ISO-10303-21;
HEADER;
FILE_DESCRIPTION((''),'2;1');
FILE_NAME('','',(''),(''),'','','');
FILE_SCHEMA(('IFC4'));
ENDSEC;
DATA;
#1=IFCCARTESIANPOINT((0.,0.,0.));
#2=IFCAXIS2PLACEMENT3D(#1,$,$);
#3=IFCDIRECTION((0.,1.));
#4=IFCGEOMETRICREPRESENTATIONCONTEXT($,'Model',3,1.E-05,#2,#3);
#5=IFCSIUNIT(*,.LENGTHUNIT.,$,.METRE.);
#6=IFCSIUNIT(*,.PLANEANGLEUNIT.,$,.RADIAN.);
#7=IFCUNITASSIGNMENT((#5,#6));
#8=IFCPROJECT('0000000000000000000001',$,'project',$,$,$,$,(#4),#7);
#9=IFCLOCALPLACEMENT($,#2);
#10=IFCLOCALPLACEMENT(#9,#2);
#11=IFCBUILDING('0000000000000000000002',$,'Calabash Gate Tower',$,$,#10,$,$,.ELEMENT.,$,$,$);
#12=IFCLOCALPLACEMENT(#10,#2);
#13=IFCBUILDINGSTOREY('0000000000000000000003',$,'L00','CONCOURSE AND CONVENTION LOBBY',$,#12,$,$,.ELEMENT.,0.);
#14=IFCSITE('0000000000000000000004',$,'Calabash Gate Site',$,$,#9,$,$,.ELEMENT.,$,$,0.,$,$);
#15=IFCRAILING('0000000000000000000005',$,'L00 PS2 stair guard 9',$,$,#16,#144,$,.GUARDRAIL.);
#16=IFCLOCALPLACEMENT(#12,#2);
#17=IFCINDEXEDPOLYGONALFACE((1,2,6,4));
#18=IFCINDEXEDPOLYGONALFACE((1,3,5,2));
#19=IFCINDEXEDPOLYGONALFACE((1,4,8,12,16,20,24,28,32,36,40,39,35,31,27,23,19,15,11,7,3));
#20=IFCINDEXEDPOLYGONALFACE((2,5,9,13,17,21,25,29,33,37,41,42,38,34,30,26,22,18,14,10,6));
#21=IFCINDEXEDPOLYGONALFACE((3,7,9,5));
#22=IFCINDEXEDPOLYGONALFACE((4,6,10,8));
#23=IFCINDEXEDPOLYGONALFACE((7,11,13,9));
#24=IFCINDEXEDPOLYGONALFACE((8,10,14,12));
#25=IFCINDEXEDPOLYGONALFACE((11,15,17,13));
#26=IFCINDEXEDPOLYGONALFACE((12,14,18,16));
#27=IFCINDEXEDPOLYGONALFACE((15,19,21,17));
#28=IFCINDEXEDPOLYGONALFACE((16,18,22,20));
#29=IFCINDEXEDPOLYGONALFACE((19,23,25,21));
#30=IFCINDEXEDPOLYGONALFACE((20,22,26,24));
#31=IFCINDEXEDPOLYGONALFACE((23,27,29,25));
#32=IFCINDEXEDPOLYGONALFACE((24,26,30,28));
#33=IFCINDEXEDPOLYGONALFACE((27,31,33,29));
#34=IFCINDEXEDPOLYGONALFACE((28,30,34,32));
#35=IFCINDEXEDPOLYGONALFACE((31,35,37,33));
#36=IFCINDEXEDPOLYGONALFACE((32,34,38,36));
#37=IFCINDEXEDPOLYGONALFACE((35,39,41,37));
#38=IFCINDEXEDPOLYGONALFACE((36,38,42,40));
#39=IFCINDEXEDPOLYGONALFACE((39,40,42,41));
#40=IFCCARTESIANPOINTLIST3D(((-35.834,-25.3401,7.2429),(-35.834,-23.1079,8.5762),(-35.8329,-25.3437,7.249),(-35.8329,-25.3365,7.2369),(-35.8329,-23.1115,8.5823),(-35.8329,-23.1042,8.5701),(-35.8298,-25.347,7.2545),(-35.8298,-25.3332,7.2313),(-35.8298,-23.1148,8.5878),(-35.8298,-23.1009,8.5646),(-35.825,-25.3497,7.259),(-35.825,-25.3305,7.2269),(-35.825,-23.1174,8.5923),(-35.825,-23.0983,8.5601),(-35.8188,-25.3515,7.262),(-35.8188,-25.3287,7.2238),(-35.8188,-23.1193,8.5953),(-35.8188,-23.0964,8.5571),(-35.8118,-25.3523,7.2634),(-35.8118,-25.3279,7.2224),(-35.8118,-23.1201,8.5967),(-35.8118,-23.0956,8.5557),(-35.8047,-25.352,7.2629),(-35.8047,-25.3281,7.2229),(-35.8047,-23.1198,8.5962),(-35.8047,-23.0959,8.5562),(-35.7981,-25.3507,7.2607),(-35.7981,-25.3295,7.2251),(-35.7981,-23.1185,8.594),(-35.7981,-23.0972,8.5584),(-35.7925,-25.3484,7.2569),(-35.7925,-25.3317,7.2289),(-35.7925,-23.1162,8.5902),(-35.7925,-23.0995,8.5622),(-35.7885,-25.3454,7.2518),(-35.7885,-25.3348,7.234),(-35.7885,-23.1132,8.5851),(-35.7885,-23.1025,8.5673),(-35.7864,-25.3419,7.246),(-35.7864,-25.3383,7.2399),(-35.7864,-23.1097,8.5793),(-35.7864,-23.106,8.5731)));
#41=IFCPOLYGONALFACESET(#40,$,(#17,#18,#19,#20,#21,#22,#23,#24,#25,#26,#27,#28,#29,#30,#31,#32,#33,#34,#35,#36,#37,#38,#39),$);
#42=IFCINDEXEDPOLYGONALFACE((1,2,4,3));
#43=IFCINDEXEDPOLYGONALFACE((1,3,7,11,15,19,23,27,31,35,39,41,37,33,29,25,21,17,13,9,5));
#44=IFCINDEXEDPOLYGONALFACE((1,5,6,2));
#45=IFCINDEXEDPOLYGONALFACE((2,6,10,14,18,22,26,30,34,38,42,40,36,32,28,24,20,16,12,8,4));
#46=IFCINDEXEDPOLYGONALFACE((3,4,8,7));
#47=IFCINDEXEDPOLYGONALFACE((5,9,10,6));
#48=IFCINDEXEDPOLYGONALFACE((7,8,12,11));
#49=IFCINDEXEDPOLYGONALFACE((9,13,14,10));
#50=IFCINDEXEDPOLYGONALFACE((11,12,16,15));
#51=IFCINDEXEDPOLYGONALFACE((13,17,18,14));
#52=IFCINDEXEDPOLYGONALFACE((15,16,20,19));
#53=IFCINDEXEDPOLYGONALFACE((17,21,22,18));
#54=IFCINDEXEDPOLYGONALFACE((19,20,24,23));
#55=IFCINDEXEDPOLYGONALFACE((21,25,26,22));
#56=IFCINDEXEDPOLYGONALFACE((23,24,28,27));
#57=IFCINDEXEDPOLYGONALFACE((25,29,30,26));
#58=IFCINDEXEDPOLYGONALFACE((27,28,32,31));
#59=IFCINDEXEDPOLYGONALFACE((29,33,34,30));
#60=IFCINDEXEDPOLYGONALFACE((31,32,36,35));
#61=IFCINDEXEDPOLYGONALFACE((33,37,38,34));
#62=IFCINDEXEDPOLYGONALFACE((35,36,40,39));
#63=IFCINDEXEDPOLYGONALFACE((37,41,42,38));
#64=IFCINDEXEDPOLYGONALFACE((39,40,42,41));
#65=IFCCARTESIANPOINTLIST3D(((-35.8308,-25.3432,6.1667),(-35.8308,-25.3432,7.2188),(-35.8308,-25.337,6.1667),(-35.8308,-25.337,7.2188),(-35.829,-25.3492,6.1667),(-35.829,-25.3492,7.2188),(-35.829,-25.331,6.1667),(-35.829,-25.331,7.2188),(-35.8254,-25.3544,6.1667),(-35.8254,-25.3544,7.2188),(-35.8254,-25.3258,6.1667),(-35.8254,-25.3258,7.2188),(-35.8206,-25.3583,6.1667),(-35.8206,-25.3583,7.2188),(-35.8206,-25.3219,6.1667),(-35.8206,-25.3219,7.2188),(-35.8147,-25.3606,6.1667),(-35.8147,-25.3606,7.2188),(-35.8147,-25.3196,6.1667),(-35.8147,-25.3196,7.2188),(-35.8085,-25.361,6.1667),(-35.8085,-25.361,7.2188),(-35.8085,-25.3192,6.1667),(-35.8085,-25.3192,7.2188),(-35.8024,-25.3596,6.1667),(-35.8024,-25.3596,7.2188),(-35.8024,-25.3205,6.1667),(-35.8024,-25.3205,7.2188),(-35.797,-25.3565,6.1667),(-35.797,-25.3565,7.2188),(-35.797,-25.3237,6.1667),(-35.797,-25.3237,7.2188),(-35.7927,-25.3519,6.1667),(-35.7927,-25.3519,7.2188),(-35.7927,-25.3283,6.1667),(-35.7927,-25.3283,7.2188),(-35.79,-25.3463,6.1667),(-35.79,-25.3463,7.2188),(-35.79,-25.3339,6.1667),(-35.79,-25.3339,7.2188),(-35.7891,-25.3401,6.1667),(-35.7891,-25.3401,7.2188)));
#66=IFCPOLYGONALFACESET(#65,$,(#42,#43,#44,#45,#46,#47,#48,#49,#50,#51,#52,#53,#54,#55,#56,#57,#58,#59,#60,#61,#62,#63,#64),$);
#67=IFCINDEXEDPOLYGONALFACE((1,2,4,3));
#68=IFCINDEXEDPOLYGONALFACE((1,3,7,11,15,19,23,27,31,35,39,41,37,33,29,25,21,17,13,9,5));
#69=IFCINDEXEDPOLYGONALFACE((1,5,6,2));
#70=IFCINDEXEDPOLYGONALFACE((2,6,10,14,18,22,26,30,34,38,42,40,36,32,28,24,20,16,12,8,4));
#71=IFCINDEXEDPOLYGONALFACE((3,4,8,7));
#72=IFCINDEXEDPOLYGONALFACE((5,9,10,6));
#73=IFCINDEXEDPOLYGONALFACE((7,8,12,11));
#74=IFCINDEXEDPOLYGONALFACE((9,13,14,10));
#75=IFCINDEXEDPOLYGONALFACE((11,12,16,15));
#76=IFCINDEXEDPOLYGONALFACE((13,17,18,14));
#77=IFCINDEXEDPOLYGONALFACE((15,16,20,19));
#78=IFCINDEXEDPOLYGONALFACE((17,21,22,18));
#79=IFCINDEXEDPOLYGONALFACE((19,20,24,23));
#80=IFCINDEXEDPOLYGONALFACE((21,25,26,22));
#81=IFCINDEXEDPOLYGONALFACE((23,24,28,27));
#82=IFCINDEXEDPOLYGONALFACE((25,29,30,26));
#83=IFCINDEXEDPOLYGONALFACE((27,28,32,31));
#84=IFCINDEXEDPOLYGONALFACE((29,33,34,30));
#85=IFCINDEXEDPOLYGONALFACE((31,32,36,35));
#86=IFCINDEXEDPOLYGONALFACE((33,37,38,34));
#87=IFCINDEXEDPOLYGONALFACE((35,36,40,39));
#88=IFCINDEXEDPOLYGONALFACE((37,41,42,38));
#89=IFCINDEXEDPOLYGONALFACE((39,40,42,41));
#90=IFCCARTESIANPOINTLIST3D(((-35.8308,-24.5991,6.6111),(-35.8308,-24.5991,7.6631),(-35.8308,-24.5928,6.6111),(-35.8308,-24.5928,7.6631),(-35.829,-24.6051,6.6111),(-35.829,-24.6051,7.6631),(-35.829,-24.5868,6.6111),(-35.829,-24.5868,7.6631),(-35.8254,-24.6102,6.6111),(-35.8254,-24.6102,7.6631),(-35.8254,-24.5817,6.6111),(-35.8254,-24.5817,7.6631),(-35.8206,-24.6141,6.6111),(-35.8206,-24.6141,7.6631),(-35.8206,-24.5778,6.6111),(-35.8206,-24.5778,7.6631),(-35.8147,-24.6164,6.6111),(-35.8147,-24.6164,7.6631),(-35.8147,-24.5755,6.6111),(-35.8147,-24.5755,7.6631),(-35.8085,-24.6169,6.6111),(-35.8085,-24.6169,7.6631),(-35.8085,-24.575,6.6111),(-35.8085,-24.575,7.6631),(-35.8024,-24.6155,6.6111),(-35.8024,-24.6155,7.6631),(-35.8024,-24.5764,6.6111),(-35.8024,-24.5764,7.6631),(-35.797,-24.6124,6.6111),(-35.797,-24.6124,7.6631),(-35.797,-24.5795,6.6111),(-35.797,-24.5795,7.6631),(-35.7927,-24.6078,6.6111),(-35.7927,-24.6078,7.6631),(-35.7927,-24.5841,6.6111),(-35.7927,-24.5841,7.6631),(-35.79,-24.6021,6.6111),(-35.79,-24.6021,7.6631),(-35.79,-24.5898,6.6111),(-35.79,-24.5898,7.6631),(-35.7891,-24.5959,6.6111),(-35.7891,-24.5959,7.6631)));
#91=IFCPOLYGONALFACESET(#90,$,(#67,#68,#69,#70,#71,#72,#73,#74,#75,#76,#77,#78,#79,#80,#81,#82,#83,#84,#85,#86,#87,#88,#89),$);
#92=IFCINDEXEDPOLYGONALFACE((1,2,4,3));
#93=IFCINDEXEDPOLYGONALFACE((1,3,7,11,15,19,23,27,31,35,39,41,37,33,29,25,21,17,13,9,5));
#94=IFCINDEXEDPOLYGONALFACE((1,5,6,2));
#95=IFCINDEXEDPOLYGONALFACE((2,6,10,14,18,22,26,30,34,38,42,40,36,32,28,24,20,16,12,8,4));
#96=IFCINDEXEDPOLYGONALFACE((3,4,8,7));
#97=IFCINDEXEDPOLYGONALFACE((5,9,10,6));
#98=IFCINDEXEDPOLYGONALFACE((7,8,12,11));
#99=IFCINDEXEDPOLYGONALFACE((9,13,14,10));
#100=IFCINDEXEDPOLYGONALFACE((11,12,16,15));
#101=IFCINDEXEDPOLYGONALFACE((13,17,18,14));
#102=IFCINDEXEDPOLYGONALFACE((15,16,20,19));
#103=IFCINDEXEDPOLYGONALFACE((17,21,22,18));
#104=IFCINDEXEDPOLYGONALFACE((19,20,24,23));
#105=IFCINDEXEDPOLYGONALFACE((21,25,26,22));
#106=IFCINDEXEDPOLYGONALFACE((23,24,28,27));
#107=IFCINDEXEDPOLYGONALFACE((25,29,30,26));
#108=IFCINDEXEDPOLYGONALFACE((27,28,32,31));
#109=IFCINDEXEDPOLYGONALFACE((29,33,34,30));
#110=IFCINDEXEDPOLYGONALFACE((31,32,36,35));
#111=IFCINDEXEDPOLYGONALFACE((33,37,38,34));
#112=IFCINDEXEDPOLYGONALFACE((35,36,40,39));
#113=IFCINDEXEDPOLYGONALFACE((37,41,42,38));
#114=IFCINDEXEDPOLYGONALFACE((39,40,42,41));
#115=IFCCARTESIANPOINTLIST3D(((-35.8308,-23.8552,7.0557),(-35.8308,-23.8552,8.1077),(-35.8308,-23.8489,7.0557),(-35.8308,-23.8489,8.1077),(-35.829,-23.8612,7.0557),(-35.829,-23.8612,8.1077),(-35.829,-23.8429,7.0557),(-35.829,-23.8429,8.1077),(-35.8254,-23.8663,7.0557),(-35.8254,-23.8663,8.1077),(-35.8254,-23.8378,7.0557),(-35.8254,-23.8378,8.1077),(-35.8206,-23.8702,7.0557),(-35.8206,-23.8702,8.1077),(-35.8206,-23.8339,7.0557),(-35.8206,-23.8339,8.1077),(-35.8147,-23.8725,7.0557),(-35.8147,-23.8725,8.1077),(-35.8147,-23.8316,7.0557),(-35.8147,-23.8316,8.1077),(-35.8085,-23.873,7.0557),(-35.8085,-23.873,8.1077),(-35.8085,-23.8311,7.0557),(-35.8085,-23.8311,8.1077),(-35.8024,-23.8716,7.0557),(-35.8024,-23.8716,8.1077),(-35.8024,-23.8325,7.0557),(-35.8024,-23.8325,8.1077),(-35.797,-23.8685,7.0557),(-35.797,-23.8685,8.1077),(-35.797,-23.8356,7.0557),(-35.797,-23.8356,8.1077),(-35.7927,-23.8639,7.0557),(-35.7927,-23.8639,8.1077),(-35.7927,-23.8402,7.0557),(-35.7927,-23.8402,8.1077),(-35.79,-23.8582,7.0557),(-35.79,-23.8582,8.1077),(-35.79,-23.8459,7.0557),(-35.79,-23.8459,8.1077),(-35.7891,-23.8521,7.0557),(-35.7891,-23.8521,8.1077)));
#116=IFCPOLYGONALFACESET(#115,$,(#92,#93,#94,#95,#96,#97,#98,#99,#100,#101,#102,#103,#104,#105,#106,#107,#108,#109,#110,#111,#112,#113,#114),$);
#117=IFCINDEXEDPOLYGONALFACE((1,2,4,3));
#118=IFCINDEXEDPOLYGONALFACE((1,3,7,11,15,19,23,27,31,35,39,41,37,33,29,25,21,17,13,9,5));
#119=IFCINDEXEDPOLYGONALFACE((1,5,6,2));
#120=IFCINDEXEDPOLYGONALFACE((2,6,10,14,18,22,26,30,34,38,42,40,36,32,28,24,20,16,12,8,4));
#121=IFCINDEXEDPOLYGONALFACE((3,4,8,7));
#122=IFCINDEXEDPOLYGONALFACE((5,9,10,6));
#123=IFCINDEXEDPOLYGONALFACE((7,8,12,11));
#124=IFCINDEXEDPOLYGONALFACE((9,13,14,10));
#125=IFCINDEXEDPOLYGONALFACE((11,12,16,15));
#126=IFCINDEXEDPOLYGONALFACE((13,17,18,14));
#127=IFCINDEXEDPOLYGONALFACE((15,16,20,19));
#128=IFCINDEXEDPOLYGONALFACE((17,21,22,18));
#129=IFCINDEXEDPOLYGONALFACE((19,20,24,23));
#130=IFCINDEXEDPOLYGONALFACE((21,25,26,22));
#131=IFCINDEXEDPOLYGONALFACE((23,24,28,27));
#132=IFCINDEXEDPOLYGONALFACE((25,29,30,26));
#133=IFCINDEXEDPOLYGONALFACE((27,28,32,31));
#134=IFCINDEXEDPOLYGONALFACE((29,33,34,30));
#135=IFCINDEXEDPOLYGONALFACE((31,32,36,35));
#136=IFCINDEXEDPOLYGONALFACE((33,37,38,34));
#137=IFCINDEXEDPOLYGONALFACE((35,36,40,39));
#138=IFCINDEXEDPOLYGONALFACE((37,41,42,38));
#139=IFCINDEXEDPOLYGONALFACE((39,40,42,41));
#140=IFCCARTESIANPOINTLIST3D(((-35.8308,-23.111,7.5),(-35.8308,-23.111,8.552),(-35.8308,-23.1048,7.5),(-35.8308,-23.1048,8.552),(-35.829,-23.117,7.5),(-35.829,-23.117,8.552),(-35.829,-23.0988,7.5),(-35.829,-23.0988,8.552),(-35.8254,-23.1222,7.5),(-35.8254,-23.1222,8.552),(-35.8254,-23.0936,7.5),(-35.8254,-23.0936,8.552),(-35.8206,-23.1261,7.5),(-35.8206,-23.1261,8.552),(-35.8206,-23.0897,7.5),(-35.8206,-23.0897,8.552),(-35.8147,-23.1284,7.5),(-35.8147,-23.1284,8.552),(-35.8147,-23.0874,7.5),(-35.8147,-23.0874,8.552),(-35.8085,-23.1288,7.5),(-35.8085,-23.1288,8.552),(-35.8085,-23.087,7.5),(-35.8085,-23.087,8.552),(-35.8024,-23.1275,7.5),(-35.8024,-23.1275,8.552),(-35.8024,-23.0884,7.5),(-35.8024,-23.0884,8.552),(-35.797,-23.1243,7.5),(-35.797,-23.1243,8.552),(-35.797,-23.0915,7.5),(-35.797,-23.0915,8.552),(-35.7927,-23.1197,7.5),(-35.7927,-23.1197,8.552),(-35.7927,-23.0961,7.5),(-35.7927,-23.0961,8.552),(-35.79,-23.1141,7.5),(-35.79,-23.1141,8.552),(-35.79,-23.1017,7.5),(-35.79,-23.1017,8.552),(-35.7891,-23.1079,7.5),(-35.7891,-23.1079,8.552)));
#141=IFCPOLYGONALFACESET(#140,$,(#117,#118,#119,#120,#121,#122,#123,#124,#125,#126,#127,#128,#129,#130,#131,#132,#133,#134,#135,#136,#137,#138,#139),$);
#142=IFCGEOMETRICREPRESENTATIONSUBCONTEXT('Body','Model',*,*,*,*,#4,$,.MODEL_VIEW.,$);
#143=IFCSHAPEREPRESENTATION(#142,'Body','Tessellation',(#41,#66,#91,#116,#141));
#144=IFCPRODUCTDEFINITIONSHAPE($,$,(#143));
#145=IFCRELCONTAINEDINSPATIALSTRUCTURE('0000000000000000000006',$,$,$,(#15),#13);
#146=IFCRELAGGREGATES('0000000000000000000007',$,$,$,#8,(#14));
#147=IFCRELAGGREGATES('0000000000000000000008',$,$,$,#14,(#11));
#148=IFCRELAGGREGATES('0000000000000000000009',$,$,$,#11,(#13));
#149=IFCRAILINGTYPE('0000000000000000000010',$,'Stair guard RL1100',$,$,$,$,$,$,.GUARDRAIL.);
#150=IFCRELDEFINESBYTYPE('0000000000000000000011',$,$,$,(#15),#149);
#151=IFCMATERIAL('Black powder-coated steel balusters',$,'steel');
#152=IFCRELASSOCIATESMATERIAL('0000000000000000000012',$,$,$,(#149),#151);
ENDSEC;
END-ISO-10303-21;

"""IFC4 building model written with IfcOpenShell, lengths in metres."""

from ifc_helpers import new_model, si_unit, direction, frame, origin, origin_2d, place, context, subcontext, project, spatial, circle, extrude, material, type_object, element, save


model = new_model("IFC4")

# Units and contexts
model_context = context("Model", 3, precision=1e-05, world=origin(), true_north=direction((0.0, 1.0)))
body_context = subcontext(model_context, "Body", "Model", "MODEL_VIEW")
ifc_project = project(units=[si_unit("LENGTHUNIT", "METRE"), si_unit("PLANEANGLEUNIT", "RADIAN")], contexts=[model_context])

# Site, building, storey
site_placement = place(None, origin())
site = spatial("IfcSite", under=ifc_project, at=site_placement, Name="Calabash Gate Site", CompositionType="ELEMENT", RefElevation=0.0)
building_placement = place(site_placement, origin())
building = spatial("IfcBuilding", under=site, at=building_placement, Name="Calabash Gate Tower", CompositionType="ELEMENT")
storey_placement = place(building_placement, origin())
storey = spatial("IfcBuildingStorey", under=building, at=storey_placement, Name="L00", Description="CONCOURSE AND CONVENTION LOBBY", CompositionType="ELEMENT", Elevation=0.0)

# Railing
ifc_material_1 = material(Name="Black powder-coated steel balusters", Category="steel")
railing_type_1 = type_object("IfcRailingType", Name="Stair guard RL1100", PredefinedType="GUARDRAIL", material=ifc_material_1)
railing_1_placement = place(storey_placement, frame((-35.8101, -25.3401, 6.1667)))
element("IfcRailing", 1, at=railing_1_placement, inside=storey, type_object=railing_type_1, Name="L00 PS2 stair guard 9", PredefinedType="GUARDRAIL", context=body_context, shape_type="SweptSolid", body=[
    extrude(circle(Radius=0.0239, at=origin_2d()), frame((0.0, 0.0, 1.0762), z_axis=(0.0, 0.858519, 0.512782), x_axis=(-1.0, 0.0, 0.0)), (0.0, 0.0, 1.0), 2.6001),
    extrude(circle(Radius=0.021, at=origin_2d()), origin(), (0.0, 0.0, 1.0), 1.052),
    extrude(circle(Radius=0.021, at=origin_2d()), frame((0.0, 0.7441, 0.4443)), (0.0, 0.0, 1.0), 1.052),
    extrude(circle(Radius=0.021, at=origin_2d()), frame((0.0, 1.488, 0.8889)), (0.0, 0.0, 1.0), 1.052),
    extrude(circle(Radius=0.021, at=origin_2d()), frame((0.0, 2.2322, 1.3333)), (0.0, 0.0, 1.0), 1.052),
])

save(model, "model.ifc")
